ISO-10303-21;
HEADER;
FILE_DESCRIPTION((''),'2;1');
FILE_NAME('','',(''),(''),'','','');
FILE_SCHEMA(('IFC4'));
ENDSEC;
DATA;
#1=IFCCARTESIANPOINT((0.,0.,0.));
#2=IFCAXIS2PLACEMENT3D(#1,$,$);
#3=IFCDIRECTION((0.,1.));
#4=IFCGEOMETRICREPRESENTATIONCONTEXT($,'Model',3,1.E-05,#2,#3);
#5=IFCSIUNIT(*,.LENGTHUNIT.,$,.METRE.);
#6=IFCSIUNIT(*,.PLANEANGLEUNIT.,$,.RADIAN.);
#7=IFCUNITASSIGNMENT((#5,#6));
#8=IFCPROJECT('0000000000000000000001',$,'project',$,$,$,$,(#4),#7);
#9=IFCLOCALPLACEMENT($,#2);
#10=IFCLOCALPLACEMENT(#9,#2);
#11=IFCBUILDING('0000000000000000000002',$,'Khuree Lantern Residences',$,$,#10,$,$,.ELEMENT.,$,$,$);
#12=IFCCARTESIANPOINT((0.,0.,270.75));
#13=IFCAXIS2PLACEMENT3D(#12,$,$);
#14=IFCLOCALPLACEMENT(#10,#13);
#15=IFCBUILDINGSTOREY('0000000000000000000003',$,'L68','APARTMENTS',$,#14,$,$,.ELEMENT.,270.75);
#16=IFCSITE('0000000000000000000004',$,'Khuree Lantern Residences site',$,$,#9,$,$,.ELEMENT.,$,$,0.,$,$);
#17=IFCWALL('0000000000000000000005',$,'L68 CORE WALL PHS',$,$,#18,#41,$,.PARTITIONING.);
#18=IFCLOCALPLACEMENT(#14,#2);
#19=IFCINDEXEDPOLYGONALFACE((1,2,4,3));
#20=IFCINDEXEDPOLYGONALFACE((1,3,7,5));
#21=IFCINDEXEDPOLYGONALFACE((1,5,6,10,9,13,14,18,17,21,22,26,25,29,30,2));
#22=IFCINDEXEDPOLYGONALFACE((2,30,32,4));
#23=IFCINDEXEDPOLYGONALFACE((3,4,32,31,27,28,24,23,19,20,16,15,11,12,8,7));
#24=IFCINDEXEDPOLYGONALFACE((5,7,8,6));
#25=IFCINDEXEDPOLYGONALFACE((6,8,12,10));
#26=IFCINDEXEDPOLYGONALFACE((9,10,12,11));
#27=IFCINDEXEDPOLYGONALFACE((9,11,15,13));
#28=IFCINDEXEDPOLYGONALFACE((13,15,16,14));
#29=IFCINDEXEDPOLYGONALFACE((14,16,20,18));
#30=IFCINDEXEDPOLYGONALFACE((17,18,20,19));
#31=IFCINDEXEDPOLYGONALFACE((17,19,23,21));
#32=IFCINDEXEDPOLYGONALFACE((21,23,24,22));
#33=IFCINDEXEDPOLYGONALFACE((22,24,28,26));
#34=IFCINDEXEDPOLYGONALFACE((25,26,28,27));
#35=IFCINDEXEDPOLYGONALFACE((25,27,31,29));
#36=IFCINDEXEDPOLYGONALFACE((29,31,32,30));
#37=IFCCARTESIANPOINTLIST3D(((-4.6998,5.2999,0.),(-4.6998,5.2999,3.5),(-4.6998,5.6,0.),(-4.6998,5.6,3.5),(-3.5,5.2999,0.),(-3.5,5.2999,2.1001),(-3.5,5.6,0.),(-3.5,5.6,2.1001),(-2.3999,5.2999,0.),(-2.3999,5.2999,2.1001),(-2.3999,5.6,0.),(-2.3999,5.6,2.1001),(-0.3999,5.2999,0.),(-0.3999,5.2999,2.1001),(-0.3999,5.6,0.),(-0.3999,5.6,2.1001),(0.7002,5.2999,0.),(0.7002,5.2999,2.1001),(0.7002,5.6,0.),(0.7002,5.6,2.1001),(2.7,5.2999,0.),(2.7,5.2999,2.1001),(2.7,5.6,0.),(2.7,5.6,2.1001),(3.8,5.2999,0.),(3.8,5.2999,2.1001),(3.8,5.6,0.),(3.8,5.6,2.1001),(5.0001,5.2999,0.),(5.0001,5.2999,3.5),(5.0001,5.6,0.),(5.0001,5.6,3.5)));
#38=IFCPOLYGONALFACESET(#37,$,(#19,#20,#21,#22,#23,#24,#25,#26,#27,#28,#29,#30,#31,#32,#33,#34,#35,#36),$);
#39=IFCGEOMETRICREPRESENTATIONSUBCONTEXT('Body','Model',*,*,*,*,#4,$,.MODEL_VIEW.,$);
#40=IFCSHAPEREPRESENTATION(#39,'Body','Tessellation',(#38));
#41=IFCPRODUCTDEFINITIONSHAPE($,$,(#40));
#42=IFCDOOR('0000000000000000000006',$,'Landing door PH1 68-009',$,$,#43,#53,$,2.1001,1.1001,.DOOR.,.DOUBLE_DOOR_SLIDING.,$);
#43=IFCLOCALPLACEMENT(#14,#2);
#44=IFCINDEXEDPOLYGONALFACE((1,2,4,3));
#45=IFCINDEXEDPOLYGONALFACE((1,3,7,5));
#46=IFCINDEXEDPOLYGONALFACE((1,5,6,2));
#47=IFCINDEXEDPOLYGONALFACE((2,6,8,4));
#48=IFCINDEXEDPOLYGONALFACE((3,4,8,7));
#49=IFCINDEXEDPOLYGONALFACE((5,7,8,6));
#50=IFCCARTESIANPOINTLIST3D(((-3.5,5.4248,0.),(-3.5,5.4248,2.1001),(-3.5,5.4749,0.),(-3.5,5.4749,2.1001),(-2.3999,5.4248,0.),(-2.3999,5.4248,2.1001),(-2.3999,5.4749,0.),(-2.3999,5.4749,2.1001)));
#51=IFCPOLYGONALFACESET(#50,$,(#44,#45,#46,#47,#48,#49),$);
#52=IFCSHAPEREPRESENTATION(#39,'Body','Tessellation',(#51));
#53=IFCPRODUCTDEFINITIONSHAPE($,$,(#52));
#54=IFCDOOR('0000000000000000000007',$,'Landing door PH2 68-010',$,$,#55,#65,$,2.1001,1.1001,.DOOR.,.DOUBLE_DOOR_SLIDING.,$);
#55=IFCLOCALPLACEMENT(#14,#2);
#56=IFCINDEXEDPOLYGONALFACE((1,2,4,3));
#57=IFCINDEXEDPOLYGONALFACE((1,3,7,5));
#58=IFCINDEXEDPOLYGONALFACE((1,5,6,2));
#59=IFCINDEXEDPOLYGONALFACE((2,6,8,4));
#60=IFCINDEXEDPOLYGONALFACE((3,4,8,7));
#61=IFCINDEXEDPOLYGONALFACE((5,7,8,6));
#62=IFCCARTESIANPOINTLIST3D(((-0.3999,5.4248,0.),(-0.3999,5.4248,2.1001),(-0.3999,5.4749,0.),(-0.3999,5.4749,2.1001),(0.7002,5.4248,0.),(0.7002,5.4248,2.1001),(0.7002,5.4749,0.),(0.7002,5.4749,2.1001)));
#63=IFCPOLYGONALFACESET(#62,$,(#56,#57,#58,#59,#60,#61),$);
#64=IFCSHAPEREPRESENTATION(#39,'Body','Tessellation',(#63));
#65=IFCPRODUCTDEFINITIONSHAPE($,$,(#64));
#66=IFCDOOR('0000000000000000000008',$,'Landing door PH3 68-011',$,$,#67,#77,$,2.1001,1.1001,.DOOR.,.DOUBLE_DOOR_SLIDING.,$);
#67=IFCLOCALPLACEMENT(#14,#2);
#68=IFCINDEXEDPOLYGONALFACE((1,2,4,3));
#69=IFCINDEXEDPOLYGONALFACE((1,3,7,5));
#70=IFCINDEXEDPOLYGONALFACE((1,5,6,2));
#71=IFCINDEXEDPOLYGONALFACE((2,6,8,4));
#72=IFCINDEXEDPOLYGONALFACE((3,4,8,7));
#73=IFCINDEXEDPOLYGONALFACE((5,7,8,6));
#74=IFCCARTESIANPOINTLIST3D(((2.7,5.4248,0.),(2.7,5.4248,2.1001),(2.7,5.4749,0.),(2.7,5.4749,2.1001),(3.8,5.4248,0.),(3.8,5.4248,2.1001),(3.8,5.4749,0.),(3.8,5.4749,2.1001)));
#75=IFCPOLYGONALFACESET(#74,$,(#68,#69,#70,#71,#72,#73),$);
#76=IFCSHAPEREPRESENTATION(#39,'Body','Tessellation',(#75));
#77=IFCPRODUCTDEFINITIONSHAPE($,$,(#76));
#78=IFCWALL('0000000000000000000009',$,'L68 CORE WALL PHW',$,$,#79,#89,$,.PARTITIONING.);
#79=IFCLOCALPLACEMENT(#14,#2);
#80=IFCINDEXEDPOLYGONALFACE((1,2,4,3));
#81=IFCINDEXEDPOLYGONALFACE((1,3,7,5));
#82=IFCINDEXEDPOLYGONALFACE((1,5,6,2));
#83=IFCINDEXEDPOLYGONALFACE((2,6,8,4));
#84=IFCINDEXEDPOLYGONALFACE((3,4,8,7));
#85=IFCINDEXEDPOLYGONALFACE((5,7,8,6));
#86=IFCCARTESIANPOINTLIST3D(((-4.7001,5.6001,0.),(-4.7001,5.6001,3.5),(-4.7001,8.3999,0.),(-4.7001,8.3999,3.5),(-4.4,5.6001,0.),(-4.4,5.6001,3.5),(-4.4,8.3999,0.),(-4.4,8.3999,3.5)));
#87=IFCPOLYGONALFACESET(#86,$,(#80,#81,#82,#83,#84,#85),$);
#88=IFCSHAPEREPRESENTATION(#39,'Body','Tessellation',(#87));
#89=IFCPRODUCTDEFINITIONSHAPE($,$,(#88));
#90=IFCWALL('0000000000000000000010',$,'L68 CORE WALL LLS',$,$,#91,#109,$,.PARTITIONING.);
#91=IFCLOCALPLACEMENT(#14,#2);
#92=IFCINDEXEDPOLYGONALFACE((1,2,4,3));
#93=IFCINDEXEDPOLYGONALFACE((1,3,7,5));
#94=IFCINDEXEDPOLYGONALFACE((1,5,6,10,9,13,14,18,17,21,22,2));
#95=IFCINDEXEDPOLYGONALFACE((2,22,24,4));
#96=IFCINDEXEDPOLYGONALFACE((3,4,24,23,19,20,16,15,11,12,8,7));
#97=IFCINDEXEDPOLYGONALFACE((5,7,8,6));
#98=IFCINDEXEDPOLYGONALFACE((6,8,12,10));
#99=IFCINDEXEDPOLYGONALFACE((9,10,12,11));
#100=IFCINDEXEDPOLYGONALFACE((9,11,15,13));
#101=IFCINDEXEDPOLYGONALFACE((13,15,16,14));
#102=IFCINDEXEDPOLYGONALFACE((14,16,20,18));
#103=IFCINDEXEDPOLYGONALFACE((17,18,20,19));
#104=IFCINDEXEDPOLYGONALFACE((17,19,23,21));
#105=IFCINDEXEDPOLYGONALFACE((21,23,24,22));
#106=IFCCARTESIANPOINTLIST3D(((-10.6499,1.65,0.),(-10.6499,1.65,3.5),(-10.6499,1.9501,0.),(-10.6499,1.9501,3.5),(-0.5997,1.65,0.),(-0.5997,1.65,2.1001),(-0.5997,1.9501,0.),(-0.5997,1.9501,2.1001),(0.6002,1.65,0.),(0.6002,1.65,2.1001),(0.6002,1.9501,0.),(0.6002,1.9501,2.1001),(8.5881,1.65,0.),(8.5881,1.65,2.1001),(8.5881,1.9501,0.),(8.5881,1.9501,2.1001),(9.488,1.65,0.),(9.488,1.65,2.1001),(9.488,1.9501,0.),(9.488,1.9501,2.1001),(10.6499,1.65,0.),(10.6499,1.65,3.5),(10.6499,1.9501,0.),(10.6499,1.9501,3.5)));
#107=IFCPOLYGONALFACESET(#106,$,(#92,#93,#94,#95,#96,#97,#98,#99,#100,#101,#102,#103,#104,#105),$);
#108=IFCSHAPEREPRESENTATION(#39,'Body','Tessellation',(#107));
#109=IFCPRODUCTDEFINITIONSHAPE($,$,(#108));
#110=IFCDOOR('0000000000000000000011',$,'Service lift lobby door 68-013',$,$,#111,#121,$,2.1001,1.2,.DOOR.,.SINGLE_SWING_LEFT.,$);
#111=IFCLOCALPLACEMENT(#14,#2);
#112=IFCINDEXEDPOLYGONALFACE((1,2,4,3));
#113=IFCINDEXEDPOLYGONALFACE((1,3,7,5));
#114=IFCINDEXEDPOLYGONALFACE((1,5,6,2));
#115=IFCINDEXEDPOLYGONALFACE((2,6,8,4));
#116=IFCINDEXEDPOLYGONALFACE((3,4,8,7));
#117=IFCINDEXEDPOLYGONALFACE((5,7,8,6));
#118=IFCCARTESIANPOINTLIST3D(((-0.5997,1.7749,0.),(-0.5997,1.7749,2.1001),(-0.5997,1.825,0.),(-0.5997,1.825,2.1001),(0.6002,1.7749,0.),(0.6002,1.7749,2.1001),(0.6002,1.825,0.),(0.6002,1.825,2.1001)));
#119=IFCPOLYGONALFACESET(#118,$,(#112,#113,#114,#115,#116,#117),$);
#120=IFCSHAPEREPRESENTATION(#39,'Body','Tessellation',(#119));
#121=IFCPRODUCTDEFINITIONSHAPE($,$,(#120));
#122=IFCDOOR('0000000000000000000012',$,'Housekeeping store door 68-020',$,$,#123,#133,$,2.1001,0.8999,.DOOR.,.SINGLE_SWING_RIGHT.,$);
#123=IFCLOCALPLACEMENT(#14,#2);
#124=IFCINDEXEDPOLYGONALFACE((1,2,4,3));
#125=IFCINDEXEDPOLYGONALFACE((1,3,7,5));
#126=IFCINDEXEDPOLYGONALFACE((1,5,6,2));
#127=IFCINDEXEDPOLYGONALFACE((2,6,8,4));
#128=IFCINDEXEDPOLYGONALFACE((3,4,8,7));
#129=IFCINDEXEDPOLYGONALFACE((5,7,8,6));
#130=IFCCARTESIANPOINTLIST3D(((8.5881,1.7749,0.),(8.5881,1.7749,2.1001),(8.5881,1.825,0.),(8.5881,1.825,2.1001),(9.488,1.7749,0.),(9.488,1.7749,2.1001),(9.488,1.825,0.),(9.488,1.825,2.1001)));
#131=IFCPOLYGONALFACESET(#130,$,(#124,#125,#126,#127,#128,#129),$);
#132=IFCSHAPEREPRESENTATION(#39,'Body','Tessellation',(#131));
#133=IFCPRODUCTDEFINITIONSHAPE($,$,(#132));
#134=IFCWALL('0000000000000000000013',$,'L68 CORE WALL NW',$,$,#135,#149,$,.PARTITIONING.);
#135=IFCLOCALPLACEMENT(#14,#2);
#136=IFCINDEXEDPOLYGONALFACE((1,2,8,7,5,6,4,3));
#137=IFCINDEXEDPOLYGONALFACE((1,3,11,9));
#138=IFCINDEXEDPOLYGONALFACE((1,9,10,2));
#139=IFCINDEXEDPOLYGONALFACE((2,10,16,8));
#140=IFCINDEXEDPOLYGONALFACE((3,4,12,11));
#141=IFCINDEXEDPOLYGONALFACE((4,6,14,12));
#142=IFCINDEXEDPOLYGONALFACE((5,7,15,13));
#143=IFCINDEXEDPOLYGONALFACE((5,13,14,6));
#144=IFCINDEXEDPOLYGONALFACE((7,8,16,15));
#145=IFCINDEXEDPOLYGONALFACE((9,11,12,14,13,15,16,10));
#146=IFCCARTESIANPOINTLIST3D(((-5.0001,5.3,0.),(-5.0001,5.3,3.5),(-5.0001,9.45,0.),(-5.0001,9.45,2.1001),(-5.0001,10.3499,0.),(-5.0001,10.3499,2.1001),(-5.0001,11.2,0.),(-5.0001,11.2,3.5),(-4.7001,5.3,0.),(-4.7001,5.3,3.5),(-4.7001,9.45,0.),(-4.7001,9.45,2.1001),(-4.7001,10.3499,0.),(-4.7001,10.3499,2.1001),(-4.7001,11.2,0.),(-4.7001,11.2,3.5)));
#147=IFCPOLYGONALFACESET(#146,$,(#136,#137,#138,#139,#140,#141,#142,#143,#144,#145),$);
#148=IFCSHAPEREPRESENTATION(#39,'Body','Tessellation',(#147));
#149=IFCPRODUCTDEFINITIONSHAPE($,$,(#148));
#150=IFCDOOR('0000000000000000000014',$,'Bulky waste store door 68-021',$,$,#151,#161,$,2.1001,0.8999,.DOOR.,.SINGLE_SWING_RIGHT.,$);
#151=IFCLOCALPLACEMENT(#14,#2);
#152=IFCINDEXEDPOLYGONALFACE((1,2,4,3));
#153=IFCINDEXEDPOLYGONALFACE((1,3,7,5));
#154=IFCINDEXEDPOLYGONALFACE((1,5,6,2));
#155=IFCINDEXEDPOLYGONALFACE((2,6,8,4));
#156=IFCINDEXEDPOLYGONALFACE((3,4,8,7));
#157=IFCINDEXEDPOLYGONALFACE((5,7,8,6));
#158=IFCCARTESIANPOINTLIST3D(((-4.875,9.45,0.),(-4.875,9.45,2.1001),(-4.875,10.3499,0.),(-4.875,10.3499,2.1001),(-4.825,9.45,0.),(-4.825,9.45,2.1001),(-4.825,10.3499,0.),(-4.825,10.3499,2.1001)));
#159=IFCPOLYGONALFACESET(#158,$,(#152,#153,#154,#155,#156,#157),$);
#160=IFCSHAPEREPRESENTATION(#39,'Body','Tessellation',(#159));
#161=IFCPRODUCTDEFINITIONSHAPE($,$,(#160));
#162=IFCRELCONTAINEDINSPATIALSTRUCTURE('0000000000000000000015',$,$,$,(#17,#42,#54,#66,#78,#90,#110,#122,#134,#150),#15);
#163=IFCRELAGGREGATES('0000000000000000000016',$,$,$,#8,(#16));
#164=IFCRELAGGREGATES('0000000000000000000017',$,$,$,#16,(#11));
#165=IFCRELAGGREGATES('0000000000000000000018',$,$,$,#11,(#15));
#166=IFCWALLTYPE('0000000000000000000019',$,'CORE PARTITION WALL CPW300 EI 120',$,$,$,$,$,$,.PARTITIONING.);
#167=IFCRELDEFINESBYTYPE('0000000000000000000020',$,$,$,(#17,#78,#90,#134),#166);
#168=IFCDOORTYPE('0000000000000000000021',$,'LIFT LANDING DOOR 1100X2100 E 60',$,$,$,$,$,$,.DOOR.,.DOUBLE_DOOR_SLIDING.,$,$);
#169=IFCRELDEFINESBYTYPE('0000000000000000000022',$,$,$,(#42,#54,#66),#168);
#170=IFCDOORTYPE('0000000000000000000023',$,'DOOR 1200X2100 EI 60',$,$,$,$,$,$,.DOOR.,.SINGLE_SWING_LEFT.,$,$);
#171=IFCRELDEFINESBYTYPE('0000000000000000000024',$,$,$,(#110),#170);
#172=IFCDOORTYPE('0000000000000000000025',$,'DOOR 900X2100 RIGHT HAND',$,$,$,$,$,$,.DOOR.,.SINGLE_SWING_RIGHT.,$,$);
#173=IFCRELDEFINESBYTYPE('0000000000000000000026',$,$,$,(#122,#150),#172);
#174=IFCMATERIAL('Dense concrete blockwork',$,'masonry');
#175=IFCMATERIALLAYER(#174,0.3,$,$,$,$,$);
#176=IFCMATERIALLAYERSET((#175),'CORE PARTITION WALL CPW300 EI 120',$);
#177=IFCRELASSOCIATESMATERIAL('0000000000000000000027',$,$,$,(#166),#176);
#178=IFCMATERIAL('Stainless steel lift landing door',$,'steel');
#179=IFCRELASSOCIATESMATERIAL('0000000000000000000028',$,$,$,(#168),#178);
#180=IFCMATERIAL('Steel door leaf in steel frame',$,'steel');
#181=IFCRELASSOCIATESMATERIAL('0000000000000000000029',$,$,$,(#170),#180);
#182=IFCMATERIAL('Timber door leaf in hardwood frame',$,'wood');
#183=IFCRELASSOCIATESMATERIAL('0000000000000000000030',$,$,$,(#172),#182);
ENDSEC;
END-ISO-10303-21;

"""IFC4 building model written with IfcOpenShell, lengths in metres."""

from ifc_helpers import new_model, si_unit, direction, frame, frame_2d, origin, place, context, subcontext, project, spatial, rectangle, extrude, material, layer, layer_set, type_object, element, fill, save


model = new_model("IFC4")

# Units and contexts
model_context = context("Model", 3, precision=1e-05, world=origin(), true_north=direction((0.0, 1.0)))
body_context = subcontext(model_context, "Body", "Model", "MODEL_VIEW")
ifc_project = project(units=[si_unit("LENGTHUNIT", "METRE"), si_unit("PLANEANGLEUNIT", "RADIAN")], contexts=[model_context])

# Site, building, storey
site_placement = place(None, origin())
site = spatial("IfcSite", under=ifc_project, at=site_placement, Name="Khuree Lantern Residences site", CompositionType="ELEMENT", RefElevation=0.0)
building_placement = place(site_placement, origin())
building = spatial("IfcBuilding", under=site, at=building_placement, Name="Khuree Lantern Residences", CompositionType="ELEMENT")
storey_placement = place(building_placement, frame((0.0, 0.0, 270.75)))
storey = spatial("IfcBuildingStorey", under=building, at=storey_placement, Name="L68", Description="APARTMENTS", CompositionType="ELEMENT", Elevation=270.75)

# Wall, openings, doors
ifc_material_1 = material(Name="Dense concrete blockwork", Category="masonry")
ifc_layer_1 = layer(ifc_material_1, 0.3)
ifc_layer_set_1 = layer_set([ifc_layer_1], Name="CORE PARTITION WALL CPW300 EI 120")
wall_type_1 = type_object("IfcWallType", Name="CORE PARTITION WALL CPW300 EI 120", PredefinedType="PARTITIONING", material=ifc_layer_set_1)
wall_1_placement = place(storey_placement, frame((-4.7, 5.45, 0.0), z_axis=(0.0, 0.0, 1.0), x_axis=(1.0, 0.0, 0.0)))
wall_1 = element("IfcWall", 1, at=wall_1_placement, inside=storey, type_object=wall_type_1, Name="L68 CORE WALL PHS", PredefinedType="PARTITIONING", context=body_context, shape_type="SweptSolid", body=[
    extrude(rectangle(XDim=9.7, YDim=0.3, at=frame_2d((4.8501, 0.0))), origin(), (0.0, 0.0, 1.0), 3.5),
])
opening_1_placement = place(wall_1_placement, frame((1.2, 0.0, 0.0)))
opening_1 = element("IfcOpeningElement", 2, at=opening_1_placement, cuts=wall_1, PredefinedType="OPENING", context=body_context, shape_type="SweptSolid", body=[
    extrude(rectangle(XDim=1.1001, YDim=2.1001, at=frame_2d((0.55, 1.05))), frame((0.0, 0.1602, 0.0), z_axis=(0.0, -1.0, 0.0), x_axis=(1.0, 0.0, 0.0)), (0.0, 0.0, 1.0), 0.3201),
])
opening_2_placement = place(wall_1_placement, frame((4.3, 0.0, 0.0)))
opening_2 = element("IfcOpeningElement", 3, at=opening_2_placement, cuts=wall_1, PredefinedType="OPENING", context=body_context, shape_type="SweptSolid", body=[
    extrude(rectangle(XDim=1.1001, YDim=2.1001, at=frame_2d((0.55, 1.05))), frame((0.0, 0.1602, 0.0), z_axis=(0.0, -1.0, 0.0), x_axis=(1.0, 0.0, 0.0)), (0.0, 0.0, 1.0), 0.3201),
])
opening_3_placement = place(wall_1_placement, frame((7.3999, 0.0, 0.0)))
opening_3 = element("IfcOpeningElement", 4, at=opening_3_placement, cuts=wall_1, PredefinedType="OPENING", context=body_context, shape_type="SweptSolid", body=[
    extrude(rectangle(XDim=1.1001, YDim=2.1001, at=frame_2d((0.55, 1.05))), frame((0.0, 0.1602, 0.0), z_axis=(0.0, -1.0, 0.0), x_axis=(1.0, 0.0, 0.0)), (0.0, 0.0, 1.0), 0.3201),
])
ifc_material_2 = material(Name="Stainless steel lift landing door", Category="steel")
door_type_1 = type_object("IfcDoorType", Name="LIFT LANDING DOOR 1100X2100 E 60", OperationType="DOUBLE_DOOR_SLIDING", PredefinedType="DOOR", material=ifc_material_2)
door_1_placement = place(opening_1_placement, origin())
door_1 = element("IfcDoor", 5, at=door_1_placement, inside=storey, type_object=door_type_1, Name="Landing door PH1 68-009", OperationType="DOUBLE_DOOR_SLIDING", OverallHeight=2.1001, OverallWidth=1.1001, PredefinedType="DOOR", context=body_context, shape_type="SweptSolid", body=[
    extrude(rectangle(XDim=1.1001, YDim=2.1001, at=frame_2d((0.55, 1.05))), frame((0.0, 0.0249, 0.0), z_axis=(0.0, -1.0, 0.0), x_axis=(1.0, 0.0, 0.0)), (0.0, 0.0, 1.0), 0.05),
])
fill(opening_1, door_1)
door_2_placement = place(opening_2_placement, origin())
door_2 = element("IfcDoor", 6, at=door_2_placement, inside=storey, type_object=door_type_1, Name="Landing door PH2 68-010", OperationType="DOUBLE_DOOR_SLIDING", OverallHeight=2.1001, OverallWidth=1.1001, PredefinedType="DOOR", context=body_context, shape_type="SweptSolid", body=[
    extrude(rectangle(XDim=1.1001, YDim=2.1001, at=frame_2d((0.55, 1.05))), frame((0.0, 0.0249, 0.0), z_axis=(0.0, -1.0, 0.0), x_axis=(1.0, 0.0, 0.0)), (0.0, 0.0, 1.0), 0.05),
])
fill(opening_2, door_2)
door_3_placement = place(opening_3_placement, origin())
door_3 = element("IfcDoor", 7, at=door_3_placement, inside=storey, type_object=door_type_1, Name="Landing door PH3 68-011", OperationType="DOUBLE_DOOR_SLIDING", OverallHeight=2.1001, OverallWidth=1.1001, PredefinedType="DOOR", context=body_context, shape_type="SweptSolid", body=[
    extrude(rectangle(XDim=1.1001, YDim=2.1001, at=frame_2d((0.55, 1.05))), frame((0.0, 0.0249, 0.0), z_axis=(0.0, -1.0, 0.0), x_axis=(1.0, 0.0, 0.0)), (0.0, 0.0, 1.0), 0.05),
])
fill(opening_3, door_3)

# Wall
wall_2_placement = place(storey_placement, frame((-4.55, 5.6001, 0.0), z_axis=(0.0, 0.0, 1.0), x_axis=(0.0, 1.0, 0.0)))
element("IfcWall", 8, at=wall_2_placement, inside=storey, type_object=wall_type_1, Name="L68 CORE WALL PHW", PredefinedType="PARTITIONING", context=body_context, shape_type="SweptSolid", body=[
    extrude(rectangle(XDim=2.7998, YDim=0.3, at=frame_2d((1.3999, 0.0))), origin(), (0.0, 0.0, 1.0), 3.5),
])

# Wall, openings, doors
wall_3_placement = place(storey_placement, frame((-10.6499, 1.8, 0.0), z_axis=(0.0, 0.0, 1.0), x_axis=(1.0, 0.0, 0.0)))
wall_3 = element("IfcWall", 9, at=wall_3_placement, inside=storey, type_object=wall_type_1, Name="L68 CORE WALL LLS", PredefinedType="PARTITIONING", context=body_context, shape_type="SweptSolid", body=[
    extrude(rectangle(XDim=21.2998, YDim=0.3, at=frame_2d((10.6499, 0.0))), origin(), (0.0, 0.0, 1.0), 3.5),
])
opening_4_placement = place(wall_3_placement, frame((10.05, 0.0, 0.0)))
opening_4 = element("IfcOpeningElement", 10, at=opening_4_placement, cuts=wall_3, PredefinedType="OPENING", context=body_context, shape_type="SweptSolid", body=[
    extrude(rectangle(XDim=1.2, YDim=2.1001, at=frame_2d((0.6001, 1.05))), frame((0.0, 0.1602, 0.0), z_axis=(0.0, -1.0, 0.0), x_axis=(1.0, 0.0, 0.0)), (0.0, 0.0, 1.0), 0.3201),
])
opening_5_placement = place(wall_3_placement, frame((19.238, 0.0, 0.0)))
opening_5 = element("IfcOpeningElement", 11, at=opening_5_placement, cuts=wall_3, PredefinedType="OPENING", context=body_context, shape_type="SweptSolid", body=[
    extrude(rectangle(XDim=0.8999, YDim=2.1001, at=frame_2d((0.45, 1.05))), frame((0.0, 0.1602, 0.0), z_axis=(0.0, -1.0, 0.0), x_axis=(1.0, 0.0, 0.0)), (0.0, 0.0, 1.0), 0.3201),
])
ifc_material_3 = material(Name="Steel door leaf in steel frame", Category="steel")
door_type_2 = type_object("IfcDoorType", Name="DOOR 1200X2100 EI 60", OperationType="SINGLE_SWING_LEFT", PredefinedType="DOOR", material=ifc_material_3)
door_4_placement = place(opening_4_placement, origin())
door_4 = element("IfcDoor", 12, at=door_4_placement, inside=storey, type_object=door_type_2, Name="Service lift lobby door 68-013", OperationType="SINGLE_SWING_LEFT", OverallHeight=2.1001, OverallWidth=1.2, PredefinedType="DOOR", context=body_context, shape_type="SweptSolid", body=[
    extrude(rectangle(XDim=1.2, YDim=2.1001, at=frame_2d((0.6001, 1.05))), frame((0.0, 0.0249, 0.0), z_axis=(0.0, -1.0, 0.0), x_axis=(1.0, 0.0, 0.0)), (0.0, 0.0, 1.0), 0.05),
])
fill(opening_4, door_4)
ifc_material_4 = material(Name="Timber door leaf in hardwood frame", Category="wood")
door_type_3 = type_object("IfcDoorType", Name="DOOR 900X2100 RIGHT HAND", OperationType="SINGLE_SWING_RIGHT", PredefinedType="DOOR", material=ifc_material_4)
door_5_placement = place(opening_5_placement, origin())
door_5 = element("IfcDoor", 13, at=door_5_placement, inside=storey, type_object=door_type_3, Name="Housekeeping store door 68-020", OperationType="SINGLE_SWING_RIGHT", OverallHeight=2.1001, OverallWidth=0.8999, PredefinedType="DOOR", context=body_context, shape_type="SweptSolid", body=[
    extrude(rectangle(XDim=0.8999, YDim=2.1001, at=frame_2d((0.45, 1.05))), frame((0.0, 0.0249, 0.0), z_axis=(0.0, -1.0, 0.0), x_axis=(1.0, 0.0, 0.0)), (0.0, 0.0, 1.0), 0.05),
])
fill(opening_5, door_5)

# Wall, opening, door
wall_4_placement = place(storey_placement, frame((-4.8501, 5.3, 0.0), z_axis=(0.0, 0.0, 1.0), x_axis=(0.0, 1.0, 0.0)))
wall_4 = element("IfcWall", 14, at=wall_4_placement, inside=storey, type_object=wall_type_1, Name="L68 CORE WALL NW", PredefinedType="PARTITIONING", context=body_context, shape_type="SweptSolid", body=[
    extrude(rectangle(XDim=5.8999, YDim=0.3, at=frame_2d((2.95, 0.0))), origin(), (0.0, 0.0, 1.0), 3.5),
])
opening_6_placement = place(wall_4_placement, frame((4.1499, 0.0, 0.0)))
opening_6 = element("IfcOpeningElement", 15, at=opening_6_placement, cuts=wall_4, PredefinedType="OPENING", context=body_context, shape_type="SweptSolid", body=[
    extrude(rectangle(XDim=0.8999, YDim=2.1001, at=frame_2d((0.45, 1.05))), frame((0.0, 0.1602, 0.0), z_axis=(0.0, -1.0, 0.0), x_axis=(1.0, 0.0, 0.0)), (0.0, 0.0, 1.0), 0.3201),
])
door_6_placement = place(opening_6_placement, origin())
door_6 = element("IfcDoor", 16, at=door_6_placement, inside=storey, type_object=door_type_3, Name="Bulky waste store door 68-021", OperationType="SINGLE_SWING_RIGHT", OverallHeight=2.1001, OverallWidth=0.8999, PredefinedType="DOOR", context=body_context, shape_type="SweptSolid", body=[
    extrude(rectangle(XDim=0.8999, YDim=2.1001, at=frame_2d((0.45, 1.05))), frame((0.0, 0.0249, 0.0), z_axis=(0.0, -1.0, 0.0), x_axis=(1.0, 0.0, 0.0)), (0.0, 0.0, 1.0), 0.05),
])
fill(opening_6, door_6)

save(model, "model.ifc")
